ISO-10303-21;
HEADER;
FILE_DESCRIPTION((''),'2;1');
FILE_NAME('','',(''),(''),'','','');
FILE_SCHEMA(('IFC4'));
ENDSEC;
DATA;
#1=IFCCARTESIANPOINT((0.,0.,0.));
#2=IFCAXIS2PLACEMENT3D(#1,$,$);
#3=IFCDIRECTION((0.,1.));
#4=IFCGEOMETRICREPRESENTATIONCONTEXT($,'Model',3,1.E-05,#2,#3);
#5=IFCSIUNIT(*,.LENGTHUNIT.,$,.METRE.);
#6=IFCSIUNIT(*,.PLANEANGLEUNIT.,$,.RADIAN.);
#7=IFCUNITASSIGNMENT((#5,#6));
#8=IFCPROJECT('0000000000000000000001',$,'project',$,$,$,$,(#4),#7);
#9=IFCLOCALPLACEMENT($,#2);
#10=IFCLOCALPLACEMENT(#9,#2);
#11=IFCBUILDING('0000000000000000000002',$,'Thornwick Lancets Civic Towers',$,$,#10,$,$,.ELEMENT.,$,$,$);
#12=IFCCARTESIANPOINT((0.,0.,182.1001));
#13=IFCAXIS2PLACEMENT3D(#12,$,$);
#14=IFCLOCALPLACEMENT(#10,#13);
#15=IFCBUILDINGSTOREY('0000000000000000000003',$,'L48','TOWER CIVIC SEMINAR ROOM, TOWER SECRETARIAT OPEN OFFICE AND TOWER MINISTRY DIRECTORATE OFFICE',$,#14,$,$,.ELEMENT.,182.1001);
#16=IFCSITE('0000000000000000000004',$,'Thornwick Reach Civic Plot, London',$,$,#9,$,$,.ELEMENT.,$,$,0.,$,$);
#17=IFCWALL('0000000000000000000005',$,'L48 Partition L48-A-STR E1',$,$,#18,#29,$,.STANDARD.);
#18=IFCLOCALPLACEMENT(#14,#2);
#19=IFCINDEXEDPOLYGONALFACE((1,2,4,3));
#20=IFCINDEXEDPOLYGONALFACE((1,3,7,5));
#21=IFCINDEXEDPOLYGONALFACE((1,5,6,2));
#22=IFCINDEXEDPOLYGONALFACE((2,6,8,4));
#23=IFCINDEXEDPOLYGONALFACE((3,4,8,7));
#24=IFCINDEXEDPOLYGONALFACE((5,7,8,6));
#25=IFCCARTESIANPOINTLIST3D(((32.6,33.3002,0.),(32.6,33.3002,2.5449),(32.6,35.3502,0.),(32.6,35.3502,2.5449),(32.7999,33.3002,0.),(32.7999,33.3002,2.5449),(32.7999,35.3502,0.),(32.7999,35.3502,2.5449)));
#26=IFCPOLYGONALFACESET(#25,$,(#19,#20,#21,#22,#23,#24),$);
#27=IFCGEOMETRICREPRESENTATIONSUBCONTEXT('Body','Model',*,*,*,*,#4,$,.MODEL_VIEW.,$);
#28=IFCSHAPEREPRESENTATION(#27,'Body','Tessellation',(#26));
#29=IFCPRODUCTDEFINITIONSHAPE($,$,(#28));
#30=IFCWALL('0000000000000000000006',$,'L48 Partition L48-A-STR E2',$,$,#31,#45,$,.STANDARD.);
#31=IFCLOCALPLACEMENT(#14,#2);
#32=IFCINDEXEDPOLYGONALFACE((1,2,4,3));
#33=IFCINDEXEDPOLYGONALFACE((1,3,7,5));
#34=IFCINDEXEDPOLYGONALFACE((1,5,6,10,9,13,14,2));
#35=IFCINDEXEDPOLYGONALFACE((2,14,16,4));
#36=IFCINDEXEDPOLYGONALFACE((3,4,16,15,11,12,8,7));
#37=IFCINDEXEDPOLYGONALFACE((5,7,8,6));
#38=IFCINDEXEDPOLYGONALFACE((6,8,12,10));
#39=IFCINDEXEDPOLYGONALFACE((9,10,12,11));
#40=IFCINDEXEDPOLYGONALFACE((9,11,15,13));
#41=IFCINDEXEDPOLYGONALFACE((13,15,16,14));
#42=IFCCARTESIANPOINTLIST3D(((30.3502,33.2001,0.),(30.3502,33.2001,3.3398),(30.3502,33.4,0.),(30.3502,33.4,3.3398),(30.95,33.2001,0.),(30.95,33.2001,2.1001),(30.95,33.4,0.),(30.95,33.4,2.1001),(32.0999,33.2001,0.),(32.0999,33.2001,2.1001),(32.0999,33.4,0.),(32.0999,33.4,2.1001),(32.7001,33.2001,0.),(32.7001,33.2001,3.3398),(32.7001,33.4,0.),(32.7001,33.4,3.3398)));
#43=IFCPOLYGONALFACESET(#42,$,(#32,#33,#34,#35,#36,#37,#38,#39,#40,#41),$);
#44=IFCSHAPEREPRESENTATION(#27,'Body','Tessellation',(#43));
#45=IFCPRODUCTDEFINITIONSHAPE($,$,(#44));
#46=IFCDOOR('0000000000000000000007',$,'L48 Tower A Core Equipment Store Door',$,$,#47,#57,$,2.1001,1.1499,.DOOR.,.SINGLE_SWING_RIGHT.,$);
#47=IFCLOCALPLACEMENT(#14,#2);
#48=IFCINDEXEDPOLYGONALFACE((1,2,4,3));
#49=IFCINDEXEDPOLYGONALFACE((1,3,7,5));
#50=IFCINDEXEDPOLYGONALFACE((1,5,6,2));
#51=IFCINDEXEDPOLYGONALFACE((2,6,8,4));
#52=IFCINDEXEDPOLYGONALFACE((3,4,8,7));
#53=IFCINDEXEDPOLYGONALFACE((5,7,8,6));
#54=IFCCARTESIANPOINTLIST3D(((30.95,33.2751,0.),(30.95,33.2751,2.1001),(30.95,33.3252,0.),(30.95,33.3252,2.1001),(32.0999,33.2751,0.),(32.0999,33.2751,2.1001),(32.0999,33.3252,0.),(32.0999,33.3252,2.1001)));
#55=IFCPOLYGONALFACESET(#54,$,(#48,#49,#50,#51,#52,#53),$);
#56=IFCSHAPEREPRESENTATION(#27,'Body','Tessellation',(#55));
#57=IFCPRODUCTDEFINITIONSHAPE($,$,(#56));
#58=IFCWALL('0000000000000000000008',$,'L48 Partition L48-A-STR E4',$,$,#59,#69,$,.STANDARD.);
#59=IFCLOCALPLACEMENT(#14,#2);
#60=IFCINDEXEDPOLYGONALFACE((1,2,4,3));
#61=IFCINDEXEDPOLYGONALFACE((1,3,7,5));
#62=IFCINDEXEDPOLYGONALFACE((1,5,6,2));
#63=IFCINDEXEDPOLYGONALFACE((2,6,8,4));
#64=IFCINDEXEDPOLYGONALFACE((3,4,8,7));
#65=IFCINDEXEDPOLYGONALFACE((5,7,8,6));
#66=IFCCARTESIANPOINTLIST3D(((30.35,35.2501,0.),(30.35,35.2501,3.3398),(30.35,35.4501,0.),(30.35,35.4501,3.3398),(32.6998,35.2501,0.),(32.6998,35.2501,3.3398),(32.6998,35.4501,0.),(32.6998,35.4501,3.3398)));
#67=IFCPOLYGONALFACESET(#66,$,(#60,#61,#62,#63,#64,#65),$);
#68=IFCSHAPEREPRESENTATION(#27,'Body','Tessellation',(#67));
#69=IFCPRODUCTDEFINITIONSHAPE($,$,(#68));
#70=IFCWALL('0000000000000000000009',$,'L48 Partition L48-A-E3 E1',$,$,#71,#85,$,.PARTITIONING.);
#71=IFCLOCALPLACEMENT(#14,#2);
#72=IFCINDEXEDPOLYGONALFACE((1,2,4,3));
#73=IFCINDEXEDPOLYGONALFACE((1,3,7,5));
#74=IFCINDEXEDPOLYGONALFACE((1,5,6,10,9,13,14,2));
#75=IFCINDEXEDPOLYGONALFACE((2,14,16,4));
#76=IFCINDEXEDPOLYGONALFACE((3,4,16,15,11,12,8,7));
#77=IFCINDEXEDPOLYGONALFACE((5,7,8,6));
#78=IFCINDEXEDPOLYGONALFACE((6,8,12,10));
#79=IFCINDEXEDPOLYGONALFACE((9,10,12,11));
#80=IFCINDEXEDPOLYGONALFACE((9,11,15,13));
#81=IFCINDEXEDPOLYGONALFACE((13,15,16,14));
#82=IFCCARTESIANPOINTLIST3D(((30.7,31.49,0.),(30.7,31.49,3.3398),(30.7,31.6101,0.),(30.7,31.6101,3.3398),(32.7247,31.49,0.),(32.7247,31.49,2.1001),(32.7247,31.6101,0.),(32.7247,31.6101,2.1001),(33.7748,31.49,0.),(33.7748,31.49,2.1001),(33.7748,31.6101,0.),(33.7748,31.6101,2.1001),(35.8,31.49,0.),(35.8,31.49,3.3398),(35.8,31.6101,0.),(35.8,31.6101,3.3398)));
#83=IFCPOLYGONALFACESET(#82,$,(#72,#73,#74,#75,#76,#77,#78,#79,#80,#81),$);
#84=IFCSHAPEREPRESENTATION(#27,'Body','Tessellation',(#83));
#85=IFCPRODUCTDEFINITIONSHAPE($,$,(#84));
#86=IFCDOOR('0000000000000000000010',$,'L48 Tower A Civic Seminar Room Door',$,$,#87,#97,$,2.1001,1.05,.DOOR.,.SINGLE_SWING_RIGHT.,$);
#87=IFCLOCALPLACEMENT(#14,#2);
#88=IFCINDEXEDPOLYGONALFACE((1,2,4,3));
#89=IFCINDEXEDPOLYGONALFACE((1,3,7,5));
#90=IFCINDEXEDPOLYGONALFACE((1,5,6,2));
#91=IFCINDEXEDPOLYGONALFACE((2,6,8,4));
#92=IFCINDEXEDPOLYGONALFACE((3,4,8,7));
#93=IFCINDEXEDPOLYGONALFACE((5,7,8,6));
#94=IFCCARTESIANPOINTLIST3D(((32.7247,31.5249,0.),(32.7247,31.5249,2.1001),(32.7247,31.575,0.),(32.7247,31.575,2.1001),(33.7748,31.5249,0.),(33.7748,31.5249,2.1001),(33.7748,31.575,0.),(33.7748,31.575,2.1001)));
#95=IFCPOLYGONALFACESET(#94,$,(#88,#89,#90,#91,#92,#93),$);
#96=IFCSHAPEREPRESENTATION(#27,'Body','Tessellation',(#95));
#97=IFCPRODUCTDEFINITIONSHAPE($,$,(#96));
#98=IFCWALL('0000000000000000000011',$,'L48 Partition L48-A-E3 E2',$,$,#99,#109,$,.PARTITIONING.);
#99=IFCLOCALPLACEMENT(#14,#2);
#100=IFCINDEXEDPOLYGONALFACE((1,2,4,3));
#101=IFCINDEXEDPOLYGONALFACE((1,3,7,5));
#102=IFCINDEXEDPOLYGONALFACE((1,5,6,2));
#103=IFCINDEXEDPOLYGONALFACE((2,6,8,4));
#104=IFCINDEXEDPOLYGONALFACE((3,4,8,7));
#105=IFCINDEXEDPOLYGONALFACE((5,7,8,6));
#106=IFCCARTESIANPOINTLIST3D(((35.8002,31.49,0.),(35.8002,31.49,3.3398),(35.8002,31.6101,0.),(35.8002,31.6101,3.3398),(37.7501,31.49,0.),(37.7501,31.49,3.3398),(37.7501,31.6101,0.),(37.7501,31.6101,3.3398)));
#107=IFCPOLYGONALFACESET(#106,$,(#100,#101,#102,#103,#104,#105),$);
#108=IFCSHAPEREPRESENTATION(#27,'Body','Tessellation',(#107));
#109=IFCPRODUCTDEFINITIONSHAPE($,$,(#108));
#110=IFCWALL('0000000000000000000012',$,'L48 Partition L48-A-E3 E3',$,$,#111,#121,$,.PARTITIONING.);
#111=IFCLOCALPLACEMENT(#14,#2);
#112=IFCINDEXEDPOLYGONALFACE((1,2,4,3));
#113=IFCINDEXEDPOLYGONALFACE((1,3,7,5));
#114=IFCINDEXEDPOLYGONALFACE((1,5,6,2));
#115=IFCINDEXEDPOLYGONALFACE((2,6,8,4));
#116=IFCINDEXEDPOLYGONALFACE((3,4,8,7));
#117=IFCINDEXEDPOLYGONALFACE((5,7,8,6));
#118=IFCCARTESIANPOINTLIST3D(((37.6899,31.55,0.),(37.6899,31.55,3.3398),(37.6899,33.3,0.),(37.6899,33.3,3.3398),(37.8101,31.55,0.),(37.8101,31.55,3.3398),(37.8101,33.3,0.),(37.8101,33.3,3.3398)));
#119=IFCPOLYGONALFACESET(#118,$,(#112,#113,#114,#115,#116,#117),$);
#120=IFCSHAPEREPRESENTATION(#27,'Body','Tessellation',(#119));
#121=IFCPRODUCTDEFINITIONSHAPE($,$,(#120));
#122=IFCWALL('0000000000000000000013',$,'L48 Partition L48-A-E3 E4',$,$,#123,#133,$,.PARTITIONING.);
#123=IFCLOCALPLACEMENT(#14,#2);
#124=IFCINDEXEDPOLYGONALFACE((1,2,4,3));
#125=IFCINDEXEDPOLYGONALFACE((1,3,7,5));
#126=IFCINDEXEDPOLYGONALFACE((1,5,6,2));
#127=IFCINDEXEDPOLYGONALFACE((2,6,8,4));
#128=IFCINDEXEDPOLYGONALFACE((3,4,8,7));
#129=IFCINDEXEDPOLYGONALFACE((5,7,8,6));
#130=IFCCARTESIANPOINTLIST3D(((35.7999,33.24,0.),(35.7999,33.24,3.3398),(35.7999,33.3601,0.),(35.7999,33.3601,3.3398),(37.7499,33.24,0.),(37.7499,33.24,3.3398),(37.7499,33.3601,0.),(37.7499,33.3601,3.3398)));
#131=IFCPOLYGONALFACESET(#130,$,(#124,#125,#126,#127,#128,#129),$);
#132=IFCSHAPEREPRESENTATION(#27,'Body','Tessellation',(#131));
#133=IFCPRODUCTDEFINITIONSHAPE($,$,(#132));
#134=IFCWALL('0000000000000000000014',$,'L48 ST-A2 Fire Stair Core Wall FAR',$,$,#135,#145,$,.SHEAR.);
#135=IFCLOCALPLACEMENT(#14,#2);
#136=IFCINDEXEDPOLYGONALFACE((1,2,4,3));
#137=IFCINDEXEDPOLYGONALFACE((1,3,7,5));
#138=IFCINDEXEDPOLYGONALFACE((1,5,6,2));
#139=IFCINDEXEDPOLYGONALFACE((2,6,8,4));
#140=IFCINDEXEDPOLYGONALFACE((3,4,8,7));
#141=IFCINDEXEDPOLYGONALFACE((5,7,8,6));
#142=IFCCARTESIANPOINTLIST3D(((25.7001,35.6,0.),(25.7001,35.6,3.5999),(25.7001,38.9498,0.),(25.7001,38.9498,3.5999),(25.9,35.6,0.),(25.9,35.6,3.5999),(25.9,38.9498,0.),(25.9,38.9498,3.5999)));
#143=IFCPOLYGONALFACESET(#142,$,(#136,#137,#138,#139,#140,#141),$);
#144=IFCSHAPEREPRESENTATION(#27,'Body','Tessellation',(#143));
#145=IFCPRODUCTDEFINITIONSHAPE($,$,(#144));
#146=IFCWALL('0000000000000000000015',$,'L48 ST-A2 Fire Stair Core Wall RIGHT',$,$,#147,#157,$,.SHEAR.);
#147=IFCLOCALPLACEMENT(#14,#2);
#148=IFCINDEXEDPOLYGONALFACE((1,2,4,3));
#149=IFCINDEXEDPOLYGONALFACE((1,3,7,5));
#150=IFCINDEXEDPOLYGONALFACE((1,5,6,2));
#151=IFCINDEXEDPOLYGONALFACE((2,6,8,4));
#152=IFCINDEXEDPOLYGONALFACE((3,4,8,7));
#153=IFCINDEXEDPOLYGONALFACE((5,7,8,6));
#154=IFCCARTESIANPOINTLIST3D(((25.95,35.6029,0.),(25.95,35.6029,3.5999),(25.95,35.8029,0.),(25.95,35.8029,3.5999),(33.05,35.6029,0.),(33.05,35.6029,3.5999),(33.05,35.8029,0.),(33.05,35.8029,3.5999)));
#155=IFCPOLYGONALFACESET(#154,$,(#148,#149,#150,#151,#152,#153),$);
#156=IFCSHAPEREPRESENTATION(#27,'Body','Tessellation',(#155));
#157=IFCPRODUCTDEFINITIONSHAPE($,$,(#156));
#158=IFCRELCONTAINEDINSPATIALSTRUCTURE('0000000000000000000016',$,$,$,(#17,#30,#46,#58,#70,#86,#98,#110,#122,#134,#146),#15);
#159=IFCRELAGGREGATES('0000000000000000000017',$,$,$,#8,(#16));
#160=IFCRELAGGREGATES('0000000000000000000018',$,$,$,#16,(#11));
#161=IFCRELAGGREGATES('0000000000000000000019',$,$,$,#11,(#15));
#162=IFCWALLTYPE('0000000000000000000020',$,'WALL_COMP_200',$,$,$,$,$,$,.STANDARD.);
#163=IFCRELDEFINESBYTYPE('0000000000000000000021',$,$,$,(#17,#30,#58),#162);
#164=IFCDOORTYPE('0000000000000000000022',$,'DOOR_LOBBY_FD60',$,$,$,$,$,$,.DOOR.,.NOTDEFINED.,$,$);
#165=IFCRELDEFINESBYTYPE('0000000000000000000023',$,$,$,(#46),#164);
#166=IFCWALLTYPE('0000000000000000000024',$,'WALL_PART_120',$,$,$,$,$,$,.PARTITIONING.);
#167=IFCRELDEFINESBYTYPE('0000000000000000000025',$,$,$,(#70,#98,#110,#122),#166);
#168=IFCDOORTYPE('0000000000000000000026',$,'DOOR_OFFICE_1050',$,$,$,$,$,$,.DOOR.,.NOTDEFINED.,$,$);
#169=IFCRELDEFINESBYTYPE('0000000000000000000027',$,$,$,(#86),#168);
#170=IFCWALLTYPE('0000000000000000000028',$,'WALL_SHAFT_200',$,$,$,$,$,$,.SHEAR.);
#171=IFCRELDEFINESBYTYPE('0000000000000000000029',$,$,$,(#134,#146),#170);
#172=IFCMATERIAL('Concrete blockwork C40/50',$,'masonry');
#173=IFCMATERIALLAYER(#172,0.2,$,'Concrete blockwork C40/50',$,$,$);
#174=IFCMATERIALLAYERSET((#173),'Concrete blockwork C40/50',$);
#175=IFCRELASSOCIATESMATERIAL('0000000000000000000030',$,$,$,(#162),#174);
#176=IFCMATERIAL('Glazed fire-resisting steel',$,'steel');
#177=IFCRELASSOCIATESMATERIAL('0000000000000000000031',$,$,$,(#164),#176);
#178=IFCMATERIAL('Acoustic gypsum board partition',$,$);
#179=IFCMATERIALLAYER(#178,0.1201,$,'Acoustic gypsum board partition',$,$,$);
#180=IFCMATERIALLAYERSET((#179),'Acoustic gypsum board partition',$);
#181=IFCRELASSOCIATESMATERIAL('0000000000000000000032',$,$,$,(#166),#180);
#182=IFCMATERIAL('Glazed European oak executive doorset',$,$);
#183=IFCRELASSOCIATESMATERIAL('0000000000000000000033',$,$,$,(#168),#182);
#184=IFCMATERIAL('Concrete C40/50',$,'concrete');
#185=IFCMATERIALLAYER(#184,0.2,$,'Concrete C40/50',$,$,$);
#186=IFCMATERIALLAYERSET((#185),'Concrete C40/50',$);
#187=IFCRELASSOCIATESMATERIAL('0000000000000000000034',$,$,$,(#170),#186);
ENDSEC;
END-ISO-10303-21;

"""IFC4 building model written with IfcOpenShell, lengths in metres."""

from ifc_helpers import new_model, si_unit, direction, frame, frame_2d, origin, place, context, subcontext, project, spatial, rectangle, extrude, material, layer, layer_set, type_object, element, fill, save


model = new_model("IFC4")

# Units and contexts
model_context = context("Model", 3, precision=1e-05, world=origin(), true_north=direction((0.0, 1.0)))
body_context = subcontext(model_context, "Body", "Model", "MODEL_VIEW")
ifc_project = project(units=[si_unit("LENGTHUNIT", "METRE"), si_unit("PLANEANGLEUNIT", "RADIAN")], contexts=[model_context])

# Site, building, storey
site_placement = place(None, origin())
site = spatial("IfcSite", under=ifc_project, at=site_placement, Name="Thornwick Reach Civic Plot, London", CompositionType="ELEMENT", RefElevation=0.0)
building_placement = place(site_placement, origin())
building = spatial("IfcBuilding", under=site, at=building_placement, Name="Thornwick Lancets Civic Towers", CompositionType="ELEMENT")
storey_placement = place(building_placement, frame((0.0, 0.0, 182.1001)))
storey = spatial("IfcBuildingStorey", under=building, at=storey_placement, Name="L48", Description="TOWER CIVIC SEMINAR ROOM, TOWER SECRETARIAT OPEN OFFICE AND TOWER MINISTRY DIRECTORATE OFFICE", CompositionType="ELEMENT", Elevation=182.1001)

# Shared definitions
ifc_material_1 = material(Name="Concrete blockwork C40/50", Category="masonry")
ifc_layer_1 = layer(ifc_material_1, 0.2, Name="Concrete blockwork C40/50")
ifc_layer_set_1 = layer_set([ifc_layer_1], Name="Concrete blockwork C40/50")
wall_type_1 = type_object("IfcWallType", Name="WALL_COMP_200", PredefinedType="STANDARD", material=ifc_layer_set_1)
ifc_material_2 = material(Name="Glazed fire-resisting steel", Category="steel")
door_type_1 = type_object("IfcDoorType", Name="DOOR_LOBBY_FD60", OperationType="NOTDEFINED", PredefinedType="DOOR", material=ifc_material_2)

# Wall
wall_1_placement = place(storey_placement, frame((32.7, 35.3501, 0.0), z_axis=(0.0, 0.0, 1.0), x_axis=(0.0, -1.0, 0.0)))
element("IfcWall", 1, at=wall_1_placement, inside=storey, type_object=wall_type_1, Name="L48 Partition L48-A-STR E1", PredefinedType="STANDARD", context=body_context, shape_type="SweptSolid", body=[
    extrude(rectangle(XDim=2.05, YDim=0.2, at=frame_2d((1.0249, 0.0))), origin(), (0.0, 0.0, 1.0), 2.5449),
])

# Wall, opening, door
wall_2_placement = place(storey_placement, frame((32.7, 33.3, 0.0), z_axis=(0.0, 0.0, 1.0), x_axis=(-1.0, 0.0, 0.0)))
wall_2 = element("IfcWall", 2, at=wall_2_placement, inside=storey, type_object=wall_type_1, Name="L48 Partition L48-A-STR E2", PredefinedType="STANDARD", context=body_context, shape_type="SweptSolid", body=[
    extrude(rectangle(XDim=2.3499, YDim=0.2, at=frame_2d((1.1748, 0.0))), origin(), (0.0, 0.0, 1.0), 3.3398),
])
opening_1_placement = place(wall_2_placement, frame((0.6001, 0.0, 0.0)))
opening_1 = element("IfcOpeningElement", 3, at=opening_1_placement, cuts=wall_2, PredefinedType="OPENING", context=body_context, shape_type="SweptSolid", body=[
    extrude(rectangle(XDim=1.1499, YDim=2.1001, at=frame_2d((0.575, 1.05))), frame((0.0, 0.1099, 0.0), z_axis=(0.0, -1.0, 0.0), x_axis=(1.0, 0.0, 0.0)), (0.0, 0.0, 1.0), 0.22),
])
door_1_placement = place(opening_1_placement, origin())
door_1 = element("IfcDoor", 4, at=door_1_placement, inside=storey, type_object=door_type_1, Name="L48 Tower A Core Equipment Store Door", OperationType="SINGLE_SWING_RIGHT", OverallHeight=2.1001, OverallWidth=1.1499, PredefinedType="DOOR", context=body_context, shape_type="SweptSolid", body=[
    extrude(rectangle(XDim=1.1499, YDim=2.1001, at=frame_2d((0.575, 1.05))), frame((0.0, 0.0249, 0.0), z_axis=(0.0, -1.0, 0.0), x_axis=(1.0, 0.0, 0.0)), (0.0, 0.0, 1.0), 0.05),
])
fill(opening_1, door_1)

# Wall
wall_3_placement = place(storey_placement, frame((30.3501, 35.3501, 0.0), z_axis=(0.0, 0.0, 1.0), x_axis=(1.0, 0.0, 0.0)))
element("IfcWall", 5, at=wall_3_placement, inside=storey, type_object=wall_type_1, Name="L48 Partition L48-A-STR E4", PredefinedType="STANDARD", context=body_context, shape_type="SweptSolid", body=[
    extrude(rectangle(XDim=2.3499, YDim=0.2, at=frame_2d((1.1748, 0.0))), origin(), (0.0, 0.0, 1.0), 3.3398),
])

# Wall, opening, door
ifc_material_3 = material(Name="Acoustic gypsum board partition")
ifc_layer_2 = layer(ifc_material_3, 0.1201, Name="Acoustic gypsum board partition")
ifc_layer_set_2 = layer_set([ifc_layer_2], Name="Acoustic gypsum board partition")
wall_type_2 = type_object("IfcWallType", Name="WALL_PART_120", PredefinedType="PARTITIONING", material=ifc_layer_set_2)
wall_4_placement = place(storey_placement, frame((30.7, 31.55, 0.0), z_axis=(0.0, 0.0, 1.0), x_axis=(1.0, 0.0, 0.0)))
wall_4 = element("IfcWall", 6, at=wall_4_placement, inside=storey, type_object=wall_type_2, Name="L48 Partition L48-A-E3 E1", PredefinedType="PARTITIONING", context=body_context, shape_type="SweptSolid", body=[
    extrude(rectangle(XDim=5.1001, YDim=0.1201, at=frame_2d((2.55, 0.0))), origin(), (0.0, 0.0, 1.0), 3.3398),
])
opening_2_placement = place(wall_4_placement, frame((2.0249, 0.0, 0.0)))
opening_2 = element("IfcOpeningElement", 7, at=opening_2_placement, cuts=wall_4, PredefinedType="OPENING", context=body_context, shape_type="SweptSolid", body=[
    extrude(rectangle(XDim=1.05, YDim=2.1001, at=frame_2d((0.5249, 1.05))), frame((0.0, 0.0701, 0.0), z_axis=(0.0, -1.0, 0.0), x_axis=(1.0, 0.0, 0.0)), (0.0, 0.0, 1.0), 0.1401),
])
ifc_material_4 = material(Name="Glazed European oak executive doorset")
door_type_2 = type_object("IfcDoorType", Name="DOOR_OFFICE_1050", OperationType="NOTDEFINED", PredefinedType="DOOR", material=ifc_material_4)
door_2_placement = place(opening_2_placement, origin())
door_2 = element("IfcDoor", 8, at=door_2_placement, inside=storey, type_object=door_type_2, Name="L48 Tower A Civic Seminar Room Door", OperationType="SINGLE_SWING_RIGHT", OverallHeight=2.1001, OverallWidth=1.05, PredefinedType="DOOR", context=body_context, shape_type="SweptSolid", body=[
    extrude(rectangle(XDim=1.05, YDim=2.1001, at=frame_2d((0.5249, 1.05))), frame((0.0, 0.0249, 0.0), z_axis=(0.0, -1.0, 0.0), x_axis=(1.0, 0.0, 0.0)), (0.0, 0.0, 1.0), 0.05),
])
fill(opening_2, door_2)

# Walls
wall_5_placement = place(storey_placement, frame((35.8, 31.55, 0.0), z_axis=(0.0, 0.0, 1.0), x_axis=(1.0, 0.0, 0.0)))
element("IfcWall", 9, at=wall_5_placement, inside=storey, type_object=wall_type_2, Name="L48 Partition L48-A-E3 E2", PredefinedType="PARTITIONING", context=body_context, shape_type="SweptSolid", body=[
    extrude(rectangle(XDim=1.95, YDim=0.1201, at=frame_2d((0.9751, 0.0))), origin(), (0.0, 0.0, 1.0), 3.3398),
])
wall_6_placement = place(storey_placement, frame((37.75, 31.55, 0.0), z_axis=(0.0, 0.0, 1.0), x_axis=(0.0, 1.0, 0.0)))
element("IfcWall", 10, at=wall_6_placement, inside=storey, type_object=wall_type_2, Name="L48 Partition L48-A-E3 E3", PredefinedType="PARTITIONING", context=body_context, shape_type="SweptSolid", body=[
    extrude(rectangle(XDim=1.75, YDim=0.1201, at=frame_2d((0.875, 0.0))), origin(), (0.0, 0.0, 1.0), 3.3398),
])
wall_7_placement = place(storey_placement, frame((37.75, 33.3, 0.0), z_axis=(0.0, 0.0, 1.0), x_axis=(-1.0, 0.0, 0.0)))
element("IfcWall", 11, at=wall_7_placement, inside=storey, type_object=wall_type_2, Name="L48 Partition L48-A-E3 E4", PredefinedType="PARTITIONING", context=body_context, shape_type="SweptSolid", body=[
    extrude(rectangle(XDim=1.95, YDim=0.1201, at=frame_2d((0.9751, 0.0))), origin(), (0.0, 0.0, 1.0), 3.3398),
])
ifc_material_5 = material(Name="Concrete C40/50", Category="concrete")
ifc_layer_3 = layer(ifc_material_5, 0.2, Name="Concrete C40/50")
ifc_layer_set_3 = layer_set([ifc_layer_3], Name="Concrete C40/50")
wall_type_3 = type_object("IfcWallType", Name="WALL_SHAFT_200", PredefinedType="SHEAR", material=ifc_layer_set_3)
wall_8_placement = place(storey_placement, frame((25.8, 35.6001, 0.0), z_axis=(0.0, 0.0, 1.0), x_axis=(0.0, 1.0, 0.0)))
element("IfcWall", 12, at=wall_8_placement, inside=storey, type_object=wall_type_3, Name="L48 ST-A2 Fire Stair Core Wall FAR", PredefinedType="SHEAR", context=body_context, shape_type="SweptSolid", body=[
    extrude(rectangle(XDim=3.3499, YDim=0.2, at=frame_2d((1.6748, 0.0))), origin(), (0.0, 0.0, 1.0), 3.5999),
])
wall_9_placement = place(storey_placement, frame((25.95, 35.7029, 0.0), z_axis=(0.0, 0.0, 1.0), x_axis=(1.0, 0.0, 0.0)))
element("IfcWall", 13, at=wall_9_placement, inside=storey, type_object=wall_type_3, Name="L48 ST-A2 Fire Stair Core Wall RIGHT", PredefinedType="SHEAR", context=body_context, shape_type="SweptSolid", body=[
    extrude(rectangle(XDim=7.1001, YDim=0.2, at=frame_2d((3.55, 0.0))), origin(), (0.0, 0.0, 1.0), 3.5999),
])

save(model, "model.ifc")
